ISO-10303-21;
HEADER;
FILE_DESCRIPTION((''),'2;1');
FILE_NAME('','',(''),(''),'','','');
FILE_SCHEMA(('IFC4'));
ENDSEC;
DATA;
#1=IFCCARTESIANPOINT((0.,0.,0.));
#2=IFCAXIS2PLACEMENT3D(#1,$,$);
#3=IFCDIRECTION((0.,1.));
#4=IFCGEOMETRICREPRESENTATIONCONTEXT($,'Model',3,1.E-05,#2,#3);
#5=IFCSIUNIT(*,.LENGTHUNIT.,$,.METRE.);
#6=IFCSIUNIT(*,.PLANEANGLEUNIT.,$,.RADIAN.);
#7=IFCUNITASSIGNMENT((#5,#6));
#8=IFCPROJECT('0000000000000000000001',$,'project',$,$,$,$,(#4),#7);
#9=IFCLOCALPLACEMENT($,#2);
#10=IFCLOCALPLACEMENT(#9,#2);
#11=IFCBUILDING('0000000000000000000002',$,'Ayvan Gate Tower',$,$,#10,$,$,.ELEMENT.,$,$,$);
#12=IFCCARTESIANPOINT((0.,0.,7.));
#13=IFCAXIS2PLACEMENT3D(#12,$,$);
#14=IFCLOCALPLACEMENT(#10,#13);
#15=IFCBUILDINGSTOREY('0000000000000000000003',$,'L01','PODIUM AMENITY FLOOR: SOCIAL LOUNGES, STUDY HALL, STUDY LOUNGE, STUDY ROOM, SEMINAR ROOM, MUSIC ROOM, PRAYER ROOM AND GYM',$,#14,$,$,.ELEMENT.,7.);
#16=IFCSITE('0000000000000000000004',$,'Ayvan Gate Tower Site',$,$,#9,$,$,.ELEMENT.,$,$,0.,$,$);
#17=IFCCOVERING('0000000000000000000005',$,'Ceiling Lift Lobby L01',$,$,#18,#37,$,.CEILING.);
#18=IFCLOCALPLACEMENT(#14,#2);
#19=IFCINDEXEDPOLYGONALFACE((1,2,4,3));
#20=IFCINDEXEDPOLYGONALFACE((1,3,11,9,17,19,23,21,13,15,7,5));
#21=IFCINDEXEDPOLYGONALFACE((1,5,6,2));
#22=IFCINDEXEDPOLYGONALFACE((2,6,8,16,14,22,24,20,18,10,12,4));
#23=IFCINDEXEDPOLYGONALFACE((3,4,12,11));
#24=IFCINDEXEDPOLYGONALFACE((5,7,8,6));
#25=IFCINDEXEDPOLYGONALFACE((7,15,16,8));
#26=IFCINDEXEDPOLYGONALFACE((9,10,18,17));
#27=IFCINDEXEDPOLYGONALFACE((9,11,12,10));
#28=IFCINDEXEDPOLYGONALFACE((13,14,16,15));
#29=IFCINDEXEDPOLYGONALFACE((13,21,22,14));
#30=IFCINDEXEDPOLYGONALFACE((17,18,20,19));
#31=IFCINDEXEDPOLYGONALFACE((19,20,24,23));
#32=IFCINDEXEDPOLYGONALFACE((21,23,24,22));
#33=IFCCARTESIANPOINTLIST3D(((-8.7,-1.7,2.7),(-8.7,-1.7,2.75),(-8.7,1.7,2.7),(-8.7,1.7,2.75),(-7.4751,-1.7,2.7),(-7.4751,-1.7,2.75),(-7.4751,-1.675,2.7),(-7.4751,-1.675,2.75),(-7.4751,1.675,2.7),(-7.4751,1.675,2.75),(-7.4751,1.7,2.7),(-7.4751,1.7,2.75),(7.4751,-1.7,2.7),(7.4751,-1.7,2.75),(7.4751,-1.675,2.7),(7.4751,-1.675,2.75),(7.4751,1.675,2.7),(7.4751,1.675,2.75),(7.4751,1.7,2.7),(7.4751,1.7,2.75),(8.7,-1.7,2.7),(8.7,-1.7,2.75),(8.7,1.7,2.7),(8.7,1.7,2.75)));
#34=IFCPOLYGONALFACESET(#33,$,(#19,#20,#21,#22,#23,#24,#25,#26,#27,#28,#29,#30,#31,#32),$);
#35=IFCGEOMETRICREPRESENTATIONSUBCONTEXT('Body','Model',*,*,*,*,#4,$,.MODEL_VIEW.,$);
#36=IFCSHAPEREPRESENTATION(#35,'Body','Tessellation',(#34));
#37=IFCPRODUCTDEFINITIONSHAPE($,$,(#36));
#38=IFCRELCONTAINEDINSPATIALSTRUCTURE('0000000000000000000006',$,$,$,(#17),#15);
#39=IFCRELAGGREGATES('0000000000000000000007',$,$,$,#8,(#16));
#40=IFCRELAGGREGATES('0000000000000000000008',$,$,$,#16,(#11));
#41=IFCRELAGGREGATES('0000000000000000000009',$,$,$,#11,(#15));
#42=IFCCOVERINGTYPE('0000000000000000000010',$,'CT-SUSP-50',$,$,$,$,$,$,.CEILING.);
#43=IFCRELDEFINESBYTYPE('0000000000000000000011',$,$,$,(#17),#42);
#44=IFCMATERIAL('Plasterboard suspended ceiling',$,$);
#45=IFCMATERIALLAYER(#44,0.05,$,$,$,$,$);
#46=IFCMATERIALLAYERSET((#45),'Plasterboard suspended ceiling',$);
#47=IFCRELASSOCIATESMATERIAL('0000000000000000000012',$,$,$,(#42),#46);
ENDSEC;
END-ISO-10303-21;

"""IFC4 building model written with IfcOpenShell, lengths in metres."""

from ifc_helpers import new_model, si_unit, direction, frame, origin, place, context, subcontext, project, spatial, polyline, outline, extrude, material, layer, layer_set, type_object, element, save


model = new_model("IFC4")

# Units and contexts
model_context = context("Model", 3, precision=1e-05, world=origin(), true_north=direction((0.0, 1.0)))
body_context = subcontext(model_context, "Body", "Model", "MODEL_VIEW")
ifc_project = project(units=[si_unit("LENGTHUNIT", "METRE"), si_unit("PLANEANGLEUNIT", "RADIAN")], contexts=[model_context])

# Site, building, storey
site_placement = place(None, origin())
site = spatial("IfcSite", under=ifc_project, at=site_placement, Name="Ayvan Gate Tower Site", CompositionType="ELEMENT", RefElevation=0.0)
building_placement = place(site_placement, origin())
building = spatial("IfcBuilding", under=site, at=building_placement, Name="Ayvan Gate Tower", CompositionType="ELEMENT")
storey_placement = place(building_placement, frame((0.0, 0.0, 7.0)))
storey = spatial("IfcBuildingStorey", under=building, at=storey_placement, Name="L01", Description="PODIUM AMENITY FLOOR: SOCIAL LOUNGES, STUDY HALL, STUDY LOUNGE, STUDY ROOM, SEMINAR ROOM, MUSIC ROOM, PRAYER ROOM AND GYM", CompositionType="ELEMENT", Elevation=7.0)

# Covering
ifc_material_1 = material(Name="Plasterboard suspended ceiling")
ifc_layer_1 = layer(ifc_material_1, 0.05)
ifc_layer_set_1 = layer_set([ifc_layer_1], Name="Plasterboard suspended ceiling")
covering_type = type_object("IfcCoveringType", Name="CT-SUSP-50", PredefinedType="CEILING", material=ifc_layer_set_1)
covering_placement = place(storey_placement, frame((0.0, 0.0, 2.7)))
element("IfcCovering", 1, at=covering_placement, inside=storey, type_object=covering_type, Name="Ceiling Lift Lobby L01", PredefinedType="CEILING", context=body_context, shape_type="SweptSolid", body=[
    extrude(outline(polyline([(7.4751, -1.675), (-7.4751, -1.675), (-7.4751, -1.7), (-8.7, -1.7), (-8.7, 1.7), (-7.4751, 1.7), (-7.4751, 1.675), (7.4751, 1.675), (7.4751, 1.7), (8.7, 1.7), (8.7, -1.7), (7.4751, -1.7), (7.4751, -1.675)])), origin(), (0.0, 0.0, 1.0), 0.05),
])

save(model, "model.ifc")
